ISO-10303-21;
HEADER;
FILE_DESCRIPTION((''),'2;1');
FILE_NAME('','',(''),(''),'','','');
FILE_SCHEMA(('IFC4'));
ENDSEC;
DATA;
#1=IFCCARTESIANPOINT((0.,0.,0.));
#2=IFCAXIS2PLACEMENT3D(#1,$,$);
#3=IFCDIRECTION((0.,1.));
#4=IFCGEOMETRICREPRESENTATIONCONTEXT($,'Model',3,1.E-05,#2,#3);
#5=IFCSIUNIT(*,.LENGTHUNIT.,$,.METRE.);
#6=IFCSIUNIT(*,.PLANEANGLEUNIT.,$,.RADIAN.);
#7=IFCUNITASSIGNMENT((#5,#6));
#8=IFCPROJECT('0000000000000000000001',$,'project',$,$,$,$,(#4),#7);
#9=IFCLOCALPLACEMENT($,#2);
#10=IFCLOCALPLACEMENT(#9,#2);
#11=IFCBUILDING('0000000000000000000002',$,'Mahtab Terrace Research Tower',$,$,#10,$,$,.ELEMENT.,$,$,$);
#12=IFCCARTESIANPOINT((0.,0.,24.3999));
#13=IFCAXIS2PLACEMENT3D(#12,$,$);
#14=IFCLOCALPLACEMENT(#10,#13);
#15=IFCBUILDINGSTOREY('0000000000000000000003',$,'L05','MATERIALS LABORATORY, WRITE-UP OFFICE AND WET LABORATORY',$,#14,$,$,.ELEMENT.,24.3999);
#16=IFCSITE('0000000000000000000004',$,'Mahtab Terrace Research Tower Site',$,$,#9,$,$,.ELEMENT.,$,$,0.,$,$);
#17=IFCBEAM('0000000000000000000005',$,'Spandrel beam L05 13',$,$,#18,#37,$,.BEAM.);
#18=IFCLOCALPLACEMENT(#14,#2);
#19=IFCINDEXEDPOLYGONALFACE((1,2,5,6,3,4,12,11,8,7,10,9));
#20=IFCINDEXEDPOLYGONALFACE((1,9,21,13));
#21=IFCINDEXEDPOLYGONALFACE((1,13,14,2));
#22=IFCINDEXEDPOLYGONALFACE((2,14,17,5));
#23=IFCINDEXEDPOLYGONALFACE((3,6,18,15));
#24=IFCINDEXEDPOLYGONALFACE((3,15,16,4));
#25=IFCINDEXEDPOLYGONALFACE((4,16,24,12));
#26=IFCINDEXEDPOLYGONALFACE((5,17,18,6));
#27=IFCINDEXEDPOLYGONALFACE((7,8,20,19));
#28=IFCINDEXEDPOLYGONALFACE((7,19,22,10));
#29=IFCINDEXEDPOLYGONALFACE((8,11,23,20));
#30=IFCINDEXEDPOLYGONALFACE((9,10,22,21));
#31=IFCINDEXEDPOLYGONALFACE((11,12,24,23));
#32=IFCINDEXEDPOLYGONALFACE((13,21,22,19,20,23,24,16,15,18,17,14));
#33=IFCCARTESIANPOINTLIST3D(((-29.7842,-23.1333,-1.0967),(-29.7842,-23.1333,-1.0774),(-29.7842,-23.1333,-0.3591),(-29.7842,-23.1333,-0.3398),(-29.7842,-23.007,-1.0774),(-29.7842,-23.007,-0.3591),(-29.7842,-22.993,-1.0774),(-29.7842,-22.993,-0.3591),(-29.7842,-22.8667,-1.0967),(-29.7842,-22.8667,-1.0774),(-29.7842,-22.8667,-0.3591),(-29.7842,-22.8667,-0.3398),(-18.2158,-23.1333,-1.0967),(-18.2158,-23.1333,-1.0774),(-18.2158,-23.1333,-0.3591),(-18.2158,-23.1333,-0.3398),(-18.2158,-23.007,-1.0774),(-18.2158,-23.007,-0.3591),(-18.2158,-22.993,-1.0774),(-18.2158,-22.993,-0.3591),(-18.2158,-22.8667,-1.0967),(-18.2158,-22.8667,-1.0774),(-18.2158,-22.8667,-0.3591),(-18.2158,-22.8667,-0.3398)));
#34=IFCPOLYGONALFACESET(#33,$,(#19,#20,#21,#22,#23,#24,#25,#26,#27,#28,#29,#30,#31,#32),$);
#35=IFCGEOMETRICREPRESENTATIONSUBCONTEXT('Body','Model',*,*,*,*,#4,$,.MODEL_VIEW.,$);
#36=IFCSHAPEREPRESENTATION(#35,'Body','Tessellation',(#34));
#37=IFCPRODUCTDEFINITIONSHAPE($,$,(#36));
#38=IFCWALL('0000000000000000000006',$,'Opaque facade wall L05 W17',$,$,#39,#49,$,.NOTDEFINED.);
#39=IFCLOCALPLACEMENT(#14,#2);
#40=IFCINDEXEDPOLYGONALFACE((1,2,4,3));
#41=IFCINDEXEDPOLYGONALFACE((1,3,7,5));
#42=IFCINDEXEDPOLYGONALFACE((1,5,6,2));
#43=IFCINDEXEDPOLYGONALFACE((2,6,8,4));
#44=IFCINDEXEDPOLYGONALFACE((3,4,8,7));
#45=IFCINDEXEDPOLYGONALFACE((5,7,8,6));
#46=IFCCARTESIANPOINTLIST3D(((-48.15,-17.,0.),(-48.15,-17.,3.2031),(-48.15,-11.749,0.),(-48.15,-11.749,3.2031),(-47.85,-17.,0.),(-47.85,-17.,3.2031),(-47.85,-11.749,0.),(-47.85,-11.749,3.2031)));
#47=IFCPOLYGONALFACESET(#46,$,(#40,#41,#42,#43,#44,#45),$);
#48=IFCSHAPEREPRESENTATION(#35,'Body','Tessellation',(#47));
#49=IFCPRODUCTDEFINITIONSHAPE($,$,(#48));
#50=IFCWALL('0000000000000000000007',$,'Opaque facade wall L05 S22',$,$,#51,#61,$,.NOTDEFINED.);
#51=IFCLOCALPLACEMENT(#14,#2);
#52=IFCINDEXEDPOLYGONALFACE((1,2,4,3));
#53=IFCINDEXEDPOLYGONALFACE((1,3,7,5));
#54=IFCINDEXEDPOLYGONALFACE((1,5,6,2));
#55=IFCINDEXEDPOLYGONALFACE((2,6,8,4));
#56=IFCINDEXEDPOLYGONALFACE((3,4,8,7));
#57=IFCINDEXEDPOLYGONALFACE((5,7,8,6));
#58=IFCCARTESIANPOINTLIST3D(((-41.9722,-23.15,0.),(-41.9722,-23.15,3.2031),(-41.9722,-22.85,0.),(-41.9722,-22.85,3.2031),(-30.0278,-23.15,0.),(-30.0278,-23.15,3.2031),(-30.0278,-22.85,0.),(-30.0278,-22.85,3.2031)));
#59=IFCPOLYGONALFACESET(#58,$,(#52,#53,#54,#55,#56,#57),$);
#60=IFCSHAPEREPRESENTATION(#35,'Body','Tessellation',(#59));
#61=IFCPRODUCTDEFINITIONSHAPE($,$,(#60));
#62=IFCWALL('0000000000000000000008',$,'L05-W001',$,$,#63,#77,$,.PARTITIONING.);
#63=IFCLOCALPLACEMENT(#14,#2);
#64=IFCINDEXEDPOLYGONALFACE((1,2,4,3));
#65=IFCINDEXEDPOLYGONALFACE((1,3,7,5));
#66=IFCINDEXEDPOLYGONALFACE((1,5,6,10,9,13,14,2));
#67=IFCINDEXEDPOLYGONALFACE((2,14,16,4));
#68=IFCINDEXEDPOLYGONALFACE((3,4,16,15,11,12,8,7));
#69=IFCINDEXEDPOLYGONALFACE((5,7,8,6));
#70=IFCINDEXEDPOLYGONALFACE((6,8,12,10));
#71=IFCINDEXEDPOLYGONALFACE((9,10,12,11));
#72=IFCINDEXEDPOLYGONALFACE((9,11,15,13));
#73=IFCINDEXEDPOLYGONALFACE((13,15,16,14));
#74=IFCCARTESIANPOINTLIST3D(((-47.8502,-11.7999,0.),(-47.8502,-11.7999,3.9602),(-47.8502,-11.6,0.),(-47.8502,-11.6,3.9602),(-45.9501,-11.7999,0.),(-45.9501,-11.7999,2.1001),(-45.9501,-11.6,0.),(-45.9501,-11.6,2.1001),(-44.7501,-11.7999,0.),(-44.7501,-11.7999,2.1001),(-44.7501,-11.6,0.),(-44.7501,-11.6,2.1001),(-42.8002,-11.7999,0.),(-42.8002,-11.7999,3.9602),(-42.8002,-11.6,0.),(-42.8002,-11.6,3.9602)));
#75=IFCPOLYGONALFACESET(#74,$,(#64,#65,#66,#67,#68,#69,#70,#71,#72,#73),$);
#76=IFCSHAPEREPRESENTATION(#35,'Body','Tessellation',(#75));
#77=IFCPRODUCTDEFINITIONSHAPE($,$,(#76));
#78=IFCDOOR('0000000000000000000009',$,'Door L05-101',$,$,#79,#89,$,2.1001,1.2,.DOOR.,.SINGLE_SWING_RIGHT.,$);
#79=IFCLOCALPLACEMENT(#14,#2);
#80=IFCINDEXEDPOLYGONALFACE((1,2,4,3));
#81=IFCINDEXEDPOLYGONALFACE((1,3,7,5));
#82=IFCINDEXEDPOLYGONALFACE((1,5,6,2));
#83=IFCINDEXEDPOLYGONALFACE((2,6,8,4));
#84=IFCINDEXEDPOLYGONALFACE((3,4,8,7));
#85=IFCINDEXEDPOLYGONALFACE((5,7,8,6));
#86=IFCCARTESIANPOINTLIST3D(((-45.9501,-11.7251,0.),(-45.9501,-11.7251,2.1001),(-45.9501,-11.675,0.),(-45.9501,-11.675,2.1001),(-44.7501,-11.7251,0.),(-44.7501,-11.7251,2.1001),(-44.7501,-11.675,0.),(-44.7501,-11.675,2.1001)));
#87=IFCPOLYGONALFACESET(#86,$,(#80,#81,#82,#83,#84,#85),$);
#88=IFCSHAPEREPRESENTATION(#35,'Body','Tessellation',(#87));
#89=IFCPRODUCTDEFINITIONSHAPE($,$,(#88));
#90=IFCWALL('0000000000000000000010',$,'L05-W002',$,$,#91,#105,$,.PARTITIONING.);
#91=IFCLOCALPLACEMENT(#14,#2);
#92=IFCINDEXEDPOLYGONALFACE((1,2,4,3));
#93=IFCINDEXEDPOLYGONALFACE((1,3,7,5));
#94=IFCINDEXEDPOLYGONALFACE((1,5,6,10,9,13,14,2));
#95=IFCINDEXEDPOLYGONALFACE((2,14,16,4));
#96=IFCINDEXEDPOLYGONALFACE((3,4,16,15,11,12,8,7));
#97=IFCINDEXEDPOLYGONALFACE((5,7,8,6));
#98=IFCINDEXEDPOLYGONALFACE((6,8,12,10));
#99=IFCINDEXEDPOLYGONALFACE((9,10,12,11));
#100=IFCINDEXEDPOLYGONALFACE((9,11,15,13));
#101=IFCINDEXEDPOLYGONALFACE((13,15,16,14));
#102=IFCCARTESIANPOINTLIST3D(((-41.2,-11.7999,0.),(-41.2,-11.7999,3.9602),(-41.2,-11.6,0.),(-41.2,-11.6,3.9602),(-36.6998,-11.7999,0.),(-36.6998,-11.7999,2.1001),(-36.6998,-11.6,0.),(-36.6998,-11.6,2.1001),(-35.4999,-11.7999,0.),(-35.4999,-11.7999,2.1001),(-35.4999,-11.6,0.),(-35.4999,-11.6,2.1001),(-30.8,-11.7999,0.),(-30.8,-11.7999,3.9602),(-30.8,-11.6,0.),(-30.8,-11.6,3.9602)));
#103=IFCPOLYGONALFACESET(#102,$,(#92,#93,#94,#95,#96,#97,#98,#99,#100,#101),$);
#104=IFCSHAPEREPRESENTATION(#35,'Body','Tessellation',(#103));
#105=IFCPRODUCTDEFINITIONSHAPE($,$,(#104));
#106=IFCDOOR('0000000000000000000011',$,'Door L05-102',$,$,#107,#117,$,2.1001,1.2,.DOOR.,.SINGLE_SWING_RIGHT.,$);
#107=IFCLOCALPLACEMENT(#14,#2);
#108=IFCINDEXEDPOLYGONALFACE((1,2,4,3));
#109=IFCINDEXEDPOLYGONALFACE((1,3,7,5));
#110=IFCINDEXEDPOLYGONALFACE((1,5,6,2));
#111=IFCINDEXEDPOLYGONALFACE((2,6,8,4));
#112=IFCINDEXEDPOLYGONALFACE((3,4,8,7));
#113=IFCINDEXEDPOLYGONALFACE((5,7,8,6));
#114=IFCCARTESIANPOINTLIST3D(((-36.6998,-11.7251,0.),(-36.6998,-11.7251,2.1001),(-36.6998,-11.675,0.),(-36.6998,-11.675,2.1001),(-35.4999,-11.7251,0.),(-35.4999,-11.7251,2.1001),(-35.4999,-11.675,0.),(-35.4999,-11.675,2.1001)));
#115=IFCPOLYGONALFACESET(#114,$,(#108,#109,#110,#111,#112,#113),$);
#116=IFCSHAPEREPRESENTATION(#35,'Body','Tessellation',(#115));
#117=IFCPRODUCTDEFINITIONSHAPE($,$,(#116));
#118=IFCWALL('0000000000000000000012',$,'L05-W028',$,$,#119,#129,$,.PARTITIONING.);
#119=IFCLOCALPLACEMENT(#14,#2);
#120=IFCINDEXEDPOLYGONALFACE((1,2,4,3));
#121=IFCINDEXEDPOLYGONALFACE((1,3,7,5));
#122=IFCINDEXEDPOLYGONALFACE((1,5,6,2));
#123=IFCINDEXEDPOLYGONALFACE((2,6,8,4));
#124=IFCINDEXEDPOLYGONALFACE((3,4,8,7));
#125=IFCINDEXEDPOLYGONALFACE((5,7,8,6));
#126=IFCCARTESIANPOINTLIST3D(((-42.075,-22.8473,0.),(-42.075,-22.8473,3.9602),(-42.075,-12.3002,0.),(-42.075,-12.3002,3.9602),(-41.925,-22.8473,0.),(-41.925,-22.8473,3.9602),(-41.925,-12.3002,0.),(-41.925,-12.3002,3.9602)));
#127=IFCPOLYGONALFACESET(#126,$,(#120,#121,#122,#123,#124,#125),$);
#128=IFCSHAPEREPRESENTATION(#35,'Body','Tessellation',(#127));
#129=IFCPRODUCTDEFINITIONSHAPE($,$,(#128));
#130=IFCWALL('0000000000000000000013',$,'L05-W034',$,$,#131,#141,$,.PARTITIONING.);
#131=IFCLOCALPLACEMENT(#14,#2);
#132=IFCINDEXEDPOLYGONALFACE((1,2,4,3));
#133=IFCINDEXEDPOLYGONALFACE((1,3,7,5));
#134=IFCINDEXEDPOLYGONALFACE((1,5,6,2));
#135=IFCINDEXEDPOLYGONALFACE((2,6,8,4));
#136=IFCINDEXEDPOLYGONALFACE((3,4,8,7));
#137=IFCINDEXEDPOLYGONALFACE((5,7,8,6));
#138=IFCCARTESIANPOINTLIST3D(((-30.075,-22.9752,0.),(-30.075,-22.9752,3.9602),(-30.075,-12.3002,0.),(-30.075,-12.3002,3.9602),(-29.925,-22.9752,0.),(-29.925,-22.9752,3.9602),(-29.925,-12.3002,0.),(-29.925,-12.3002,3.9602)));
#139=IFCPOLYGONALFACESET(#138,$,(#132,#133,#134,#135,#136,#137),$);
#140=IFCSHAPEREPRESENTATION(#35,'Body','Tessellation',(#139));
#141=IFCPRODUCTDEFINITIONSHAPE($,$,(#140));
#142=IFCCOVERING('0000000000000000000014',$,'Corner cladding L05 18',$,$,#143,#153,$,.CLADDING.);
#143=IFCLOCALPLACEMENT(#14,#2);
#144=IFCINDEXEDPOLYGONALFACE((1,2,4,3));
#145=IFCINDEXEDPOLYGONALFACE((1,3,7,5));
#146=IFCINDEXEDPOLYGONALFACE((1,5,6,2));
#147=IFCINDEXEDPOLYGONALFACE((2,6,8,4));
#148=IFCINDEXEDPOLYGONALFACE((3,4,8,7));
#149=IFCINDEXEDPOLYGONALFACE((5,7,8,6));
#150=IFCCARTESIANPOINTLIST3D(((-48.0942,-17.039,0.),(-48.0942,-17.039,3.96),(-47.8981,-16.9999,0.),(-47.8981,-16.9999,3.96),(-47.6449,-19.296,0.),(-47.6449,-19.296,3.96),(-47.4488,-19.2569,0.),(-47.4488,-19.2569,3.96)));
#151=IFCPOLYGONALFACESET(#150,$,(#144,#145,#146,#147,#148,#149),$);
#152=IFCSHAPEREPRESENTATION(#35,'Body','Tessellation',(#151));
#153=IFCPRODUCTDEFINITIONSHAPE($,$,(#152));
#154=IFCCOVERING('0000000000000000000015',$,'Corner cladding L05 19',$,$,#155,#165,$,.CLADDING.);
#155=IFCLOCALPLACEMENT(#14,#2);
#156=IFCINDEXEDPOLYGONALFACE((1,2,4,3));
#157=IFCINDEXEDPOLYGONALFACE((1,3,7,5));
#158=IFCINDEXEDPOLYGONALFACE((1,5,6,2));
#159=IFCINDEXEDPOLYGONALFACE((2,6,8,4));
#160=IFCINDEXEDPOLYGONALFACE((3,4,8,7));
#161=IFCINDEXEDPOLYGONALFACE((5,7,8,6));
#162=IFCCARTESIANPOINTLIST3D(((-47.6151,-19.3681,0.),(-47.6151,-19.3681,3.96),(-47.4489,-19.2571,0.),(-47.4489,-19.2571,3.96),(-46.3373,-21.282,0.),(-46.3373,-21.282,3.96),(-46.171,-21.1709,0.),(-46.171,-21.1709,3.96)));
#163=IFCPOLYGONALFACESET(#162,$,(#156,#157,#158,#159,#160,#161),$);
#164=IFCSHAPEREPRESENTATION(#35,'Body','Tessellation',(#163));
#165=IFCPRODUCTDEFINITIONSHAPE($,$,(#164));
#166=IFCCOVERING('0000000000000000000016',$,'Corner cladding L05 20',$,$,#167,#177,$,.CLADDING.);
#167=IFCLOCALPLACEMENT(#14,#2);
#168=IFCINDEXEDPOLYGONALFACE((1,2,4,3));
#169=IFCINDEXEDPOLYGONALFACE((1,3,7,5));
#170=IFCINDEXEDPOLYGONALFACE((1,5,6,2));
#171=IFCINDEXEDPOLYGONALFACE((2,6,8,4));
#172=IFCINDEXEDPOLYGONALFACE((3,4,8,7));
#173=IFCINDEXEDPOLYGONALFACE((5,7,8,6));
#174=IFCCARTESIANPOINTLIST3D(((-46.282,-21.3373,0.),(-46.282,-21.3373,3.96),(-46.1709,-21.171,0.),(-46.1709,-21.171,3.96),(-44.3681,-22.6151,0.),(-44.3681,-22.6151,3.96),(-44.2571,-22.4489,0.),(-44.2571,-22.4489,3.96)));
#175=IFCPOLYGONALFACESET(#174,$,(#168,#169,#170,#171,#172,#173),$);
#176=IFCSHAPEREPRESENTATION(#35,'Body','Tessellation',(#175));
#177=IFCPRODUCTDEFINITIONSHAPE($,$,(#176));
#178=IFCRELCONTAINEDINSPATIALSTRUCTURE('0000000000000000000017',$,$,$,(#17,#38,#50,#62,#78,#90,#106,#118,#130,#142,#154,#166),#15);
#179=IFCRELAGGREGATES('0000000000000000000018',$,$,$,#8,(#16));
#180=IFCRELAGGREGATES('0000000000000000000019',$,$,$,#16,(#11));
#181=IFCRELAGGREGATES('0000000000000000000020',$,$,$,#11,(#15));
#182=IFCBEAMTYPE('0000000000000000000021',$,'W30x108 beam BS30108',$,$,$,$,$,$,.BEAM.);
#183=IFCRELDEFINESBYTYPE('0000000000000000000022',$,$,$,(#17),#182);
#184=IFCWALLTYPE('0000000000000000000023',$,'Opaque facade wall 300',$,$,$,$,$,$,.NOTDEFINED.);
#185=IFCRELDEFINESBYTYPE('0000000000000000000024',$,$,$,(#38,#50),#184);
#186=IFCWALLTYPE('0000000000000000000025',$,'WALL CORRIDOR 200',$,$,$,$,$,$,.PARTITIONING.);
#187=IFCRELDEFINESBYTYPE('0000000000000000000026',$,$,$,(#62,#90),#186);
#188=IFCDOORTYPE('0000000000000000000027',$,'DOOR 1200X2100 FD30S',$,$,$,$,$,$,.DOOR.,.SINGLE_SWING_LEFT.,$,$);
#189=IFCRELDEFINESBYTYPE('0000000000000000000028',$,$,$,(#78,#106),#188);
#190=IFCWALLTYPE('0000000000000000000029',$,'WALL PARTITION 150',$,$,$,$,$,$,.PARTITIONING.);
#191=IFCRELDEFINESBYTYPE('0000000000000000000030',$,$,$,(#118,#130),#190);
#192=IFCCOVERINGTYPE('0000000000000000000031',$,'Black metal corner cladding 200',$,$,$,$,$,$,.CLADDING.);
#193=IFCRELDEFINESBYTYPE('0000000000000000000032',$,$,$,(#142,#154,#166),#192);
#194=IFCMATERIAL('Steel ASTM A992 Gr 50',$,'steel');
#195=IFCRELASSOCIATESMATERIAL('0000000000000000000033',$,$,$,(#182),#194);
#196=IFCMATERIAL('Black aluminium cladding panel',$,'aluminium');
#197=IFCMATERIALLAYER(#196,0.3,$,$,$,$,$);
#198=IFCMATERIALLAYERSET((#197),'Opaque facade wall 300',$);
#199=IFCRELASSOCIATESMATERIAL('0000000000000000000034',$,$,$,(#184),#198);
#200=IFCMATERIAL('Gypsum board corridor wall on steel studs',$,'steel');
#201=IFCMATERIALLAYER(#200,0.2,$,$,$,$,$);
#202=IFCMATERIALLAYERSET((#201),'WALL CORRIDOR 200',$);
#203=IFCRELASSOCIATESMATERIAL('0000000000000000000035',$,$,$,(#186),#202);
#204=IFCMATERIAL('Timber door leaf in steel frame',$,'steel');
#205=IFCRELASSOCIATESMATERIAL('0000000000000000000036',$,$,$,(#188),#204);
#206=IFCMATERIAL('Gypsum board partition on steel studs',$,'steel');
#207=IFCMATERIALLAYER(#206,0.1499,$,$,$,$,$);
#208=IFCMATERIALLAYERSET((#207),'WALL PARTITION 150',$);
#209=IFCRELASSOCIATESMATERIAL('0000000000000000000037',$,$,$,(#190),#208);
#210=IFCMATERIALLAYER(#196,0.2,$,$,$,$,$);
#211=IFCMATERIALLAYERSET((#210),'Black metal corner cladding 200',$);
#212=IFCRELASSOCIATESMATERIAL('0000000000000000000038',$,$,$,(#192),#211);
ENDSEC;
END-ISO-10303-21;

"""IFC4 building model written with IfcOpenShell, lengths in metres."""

from ifc_helpers import new_model, si_unit, direction, frame, frame_2d, origin, origin_2d, place, context, subcontext, project, spatial, rectangle, i_section, extrude, material, layer, layer_set, material_profile, profile_set, type_object, element, fill, save


model = new_model("IFC4")

# Units and contexts
model_context = context("Model", 3, precision=1e-05, world=origin(), true_north=direction((0.0, 1.0)))
body_context = subcontext(model_context, "Body", "Model", "MODEL_VIEW")
ifc_project = project(units=[si_unit("LENGTHUNIT", "METRE"), si_unit("PLANEANGLEUNIT", "RADIAN")], contexts=[model_context])

# Site, building, storey
site_placement = place(None, origin())
site = spatial("IfcSite", under=ifc_project, at=site_placement, Name="Mahtab Terrace Research Tower Site", CompositionType="ELEMENT", RefElevation=0.0)
building_placement = place(site_placement, origin())
building = spatial("IfcBuilding", under=site, at=building_placement, Name="Mahtab Terrace Research Tower", CompositionType="ELEMENT")
storey_placement = place(building_placement, frame((0.0, 0.0, 24.3999)))
storey = spatial("IfcBuildingStorey", under=building, at=storey_placement, Name="L05", Description="MATERIALS LABORATORY, WRITE-UP OFFICE AND WET LABORATORY", CompositionType="ELEMENT", Elevation=24.3999)

# Shared definitions
ifc_material_1 = material(Name="Steel ASTM A992 Gr 50", Category="steel")

# Beam
ifc_material_profile_1 = material_profile(ifc_material_1, i_section(OverallWidth=0.2666, OverallDepth=0.7568, WebThickness=0.0139, FlangeThickness=0.0193, at=origin_2d()), Name="W30X108")
ifc_profile_set_1 = profile_set([ifc_material_profile_1], Name="Steel ASTM A992 Gr 50")
beam_type = type_object("IfcBeamType", Name="W30x108 beam BS30108", PredefinedType="BEAM", material=ifc_profile_set_1)
for number, where, z_axis, x_axis, name in (
    (1, (-29.7842, -23.0, -0.7183), (1.0, 0.0, 0.0), (0.0, 1.0, 0.0), "Spandrel beam L05 13"),
):
    element("IfcBeam", number, at=place(storey_placement, frame(where, z_axis=z_axis, x_axis=x_axis)), inside=storey, type_object=beam_type, Name=name, PredefinedType="BEAM", context=body_context, shape_type="SweptSolid", body=[
        extrude(i_section(OverallWidth=0.2666, OverallDepth=0.7568, WebThickness=0.0139, FlangeThickness=0.0193, at=origin_2d()), origin(), (0.0, 0.0, 1.0), 11.5684),
    ])

# Walls
ifc_material_2 = material(Name="Black aluminium cladding panel", Category="aluminium")
ifc_layer_1 = layer(ifc_material_2, 0.3)
ifc_layer_set_1 = layer_set([ifc_layer_1], Name="Opaque facade wall 300")
wall_type_1 = type_object("IfcWallType", Name="Opaque facade wall 300", PredefinedType="NOTDEFINED", material=ifc_layer_set_1)
wall_1_placement = place(storey_placement, frame((-48.0, -11.749, 0.0), z_axis=(0.0, 0.0, 1.0), x_axis=(0.0, -1.0, 0.0)))
element("IfcWall", 2, at=wall_1_placement, inside=storey, type_object=wall_type_1, Name="Opaque facade wall L05 W17", PredefinedType="NOTDEFINED", context=body_context, shape_type="SweptSolid", body=[
    extrude(rectangle(XDim=5.251, YDim=0.3, at=frame_2d((2.6255, 0.0))), origin(), (0.0, 0.0, 1.0), 3.2031),
])
wall_2_placement = place(storey_placement, frame((-41.9722, -23.0, 0.0), z_axis=(0.0, 0.0, 1.0), x_axis=(1.0, 0.0, 0.0)))
element("IfcWall", 3, at=wall_2_placement, inside=storey, type_object=wall_type_1, Name="Opaque facade wall L05 S22", PredefinedType="NOTDEFINED", context=body_context, shape_type="SweptSolid", body=[
    extrude(rectangle(XDim=11.9443, YDim=0.3, at=frame_2d((5.9722, 0.0))), origin(), (0.0, 0.0, 1.0), 3.2031),
])

# Walls, openings, doors
ifc_material_3 = material(Name="Gypsum board corridor wall on steel studs", Category="steel")
ifc_layer_2 = layer(ifc_material_3, 0.2)
ifc_layer_set_2 = layer_set([ifc_layer_2], Name="WALL CORRIDOR 200")
wall_type_2 = type_object("IfcWallType", Name="WALL CORRIDOR 200", PredefinedType="PARTITIONING", material=ifc_layer_set_2)
wall_3_placement = place(storey_placement, frame((-47.8501, -11.7, 0.0), z_axis=(0.0, 0.0, 1.0), x_axis=(1.0, 0.0, 0.0)))
wall_3 = element("IfcWall", 4, at=wall_3_placement, inside=storey, type_object=wall_type_2, Name="L05-W001", PredefinedType="PARTITIONING", context=body_context, shape_type="SweptSolid", body=[
    extrude(rectangle(XDim=5.05, YDim=0.2, at=frame_2d((2.5249, 0.0))), origin(), (0.0, 0.0, 1.0), 3.9602),
])
opening_1_placement = place(wall_3_placement, frame((1.8999, 0.0, 0.0)))
opening_1 = element("IfcOpeningElement", 5, at=opening_1_placement, cuts=wall_3, PredefinedType="OPENING", context=body_context, shape_type="SweptSolid", body=[
    extrude(rectangle(XDim=1.2, YDim=2.1001, at=frame_2d((0.6001, 1.05))), frame((0.0, 0.1099, 0.0), z_axis=(0.0, -1.0, 0.0), x_axis=(1.0, 0.0, 0.0)), (0.0, 0.0, 1.0), 0.22),
])
ifc_material_4 = material(Name="Timber door leaf in steel frame", Category="steel")
door_type = type_object("IfcDoorType", Name="DOOR 1200X2100 FD30S", OperationType="SINGLE_SWING_LEFT", PredefinedType="DOOR", material=ifc_material_4)
door_1_placement = place(opening_1_placement, origin())
door_1 = element("IfcDoor", 6, at=door_1_placement, inside=storey, type_object=door_type, Name="Door L05-101", OperationType="SINGLE_SWING_RIGHT", OverallHeight=2.1001, OverallWidth=1.2, PredefinedType="DOOR", context=body_context, shape_type="SweptSolid", body=[
    extrude(rectangle(XDim=1.2, YDim=2.1001, at=frame_2d((0.6001, 1.05))), frame((0.0, 0.0249, 0.0), z_axis=(0.0, -1.0, 0.0), x_axis=(1.0, 0.0, 0.0)), (0.0, 0.0, 1.0), 0.05),
])
fill(opening_1, door_1)
wall_4_placement = place(storey_placement, frame((-41.2, -11.7, 0.0), z_axis=(0.0, 0.0, 1.0), x_axis=(1.0, 0.0, 0.0)))
wall_4 = element("IfcWall", 7, at=wall_4_placement, inside=storey, type_object=wall_type_2, Name="L05-W002", PredefinedType="PARTITIONING", context=body_context, shape_type="SweptSolid", body=[
    extrude(rectangle(XDim=10.3999, YDim=0.2, at=frame_2d((5.2, 0.0))), origin(), (0.0, 0.0, 1.0), 3.9602),
])
opening_2_placement = place(wall_4_placement, frame((4.5, 0.0, 0.0)))
opening_2 = element("IfcOpeningElement", 8, at=opening_2_placement, cuts=wall_4, PredefinedType="OPENING", context=body_context, shape_type="SweptSolid", body=[
    extrude(rectangle(XDim=1.2, YDim=2.1001, at=frame_2d((0.6001, 1.05))), frame((0.0, 0.1099, 0.0), z_axis=(0.0, -1.0, 0.0), x_axis=(1.0, 0.0, 0.0)), (0.0, 0.0, 1.0), 0.22),
])
door_2_placement = place(opening_2_placement, origin())
door_2 = element("IfcDoor", 9, at=door_2_placement, inside=storey, type_object=door_type, Name="Door L05-102", OperationType="SINGLE_SWING_RIGHT", OverallHeight=2.1001, OverallWidth=1.2, PredefinedType="DOOR", context=body_context, shape_type="SweptSolid", body=[
    extrude(rectangle(XDim=1.2, YDim=2.1001, at=frame_2d((0.6001, 1.05))), frame((0.0, 0.0249, 0.0), z_axis=(0.0, -1.0, 0.0), x_axis=(1.0, 0.0, 0.0)), (0.0, 0.0, 1.0), 0.05),
])
fill(opening_2, door_2)

# Walls
ifc_material_5 = material(Name="Gypsum board partition on steel studs", Category="steel")
ifc_layer_3 = layer(ifc_material_5, 0.1499)
ifc_layer_set_3 = layer_set([ifc_layer_3], Name="WALL PARTITION 150")
wall_type_3 = type_object("IfcWallType", Name="WALL PARTITION 150", PredefinedType="PARTITIONING", material=ifc_layer_set_3)
wall_5_placement = place(storey_placement, frame((-42.0, -22.8472, 0.0), z_axis=(0.0, 0.0, 1.0), x_axis=(0.0, 1.0, 0.0)))
element("IfcWall", 10, at=wall_5_placement, inside=storey, type_object=wall_type_3, Name="L05-W028", PredefinedType="PARTITIONING", context=body_context, shape_type="SweptSolid", body=[
    extrude(rectangle(XDim=10.5471, YDim=0.1499, at=frame_2d((5.2734, 0.0))), origin(), (0.0, 0.0, 1.0), 3.9602),
])
wall_6_placement = place(storey_placement, frame((-30.0, -22.9751, 0.0), z_axis=(0.0, 0.0, 1.0), x_axis=(0.0, 1.0, 0.0)))
element("IfcWall", 11, at=wall_6_placement, inside=storey, type_object=wall_type_3, Name="L05-W034", PredefinedType="PARTITIONING", context=body_context, shape_type="SweptSolid", body=[
    extrude(rectangle(XDim=10.675, YDim=0.1499, at=frame_2d((5.3374, 0.0))), origin(), (0.0, 0.0, 1.0), 3.9602),
])

# Coverings
ifc_layer_4 = layer(ifc_material_2, 0.2)
ifc_layer_set_4 = layer_set([ifc_layer_4], Name="Black metal corner cladding 200")
covering_type_1 = type_object("IfcCoveringType", Name="Black metal corner cladding 200", PredefinedType="CLADDING", material=ifc_layer_set_4)
for number, where, z_axis, x_axis, name in (
    (12, (-47.7715, -18.1479, 0.0), (0.0, 0.0, 1.0), (0.195212, -0.980761, 0.0), "Corner cladding L05 18"),
    (13, (-46.8931, -20.2695, 0.0), (0.0, 0.0, 1.0), (0.555291, -0.831656, 0.0), "Corner cladding L05 19"),
    (14, (-45.2695, -21.8931, 0.0), (0.0, 0.0, 1.0), (0.831656, -0.555291, 0.0), "Corner cladding L05 20"),
):
    element("IfcCovering", number, at=place(storey_placement, frame(where, z_axis=z_axis, x_axis=x_axis)), inside=storey, type_object=covering_type_1, Name=name, PredefinedType="CLADDING", context=body_context, shape_type="SweptSolid", body=[
        extrude(rectangle(XDim=2.3013, YDim=0.2, at=origin_2d()), origin(), (0.0, 0.0, 1.0), 3.96),
    ])

save(model, "model.ifc")
